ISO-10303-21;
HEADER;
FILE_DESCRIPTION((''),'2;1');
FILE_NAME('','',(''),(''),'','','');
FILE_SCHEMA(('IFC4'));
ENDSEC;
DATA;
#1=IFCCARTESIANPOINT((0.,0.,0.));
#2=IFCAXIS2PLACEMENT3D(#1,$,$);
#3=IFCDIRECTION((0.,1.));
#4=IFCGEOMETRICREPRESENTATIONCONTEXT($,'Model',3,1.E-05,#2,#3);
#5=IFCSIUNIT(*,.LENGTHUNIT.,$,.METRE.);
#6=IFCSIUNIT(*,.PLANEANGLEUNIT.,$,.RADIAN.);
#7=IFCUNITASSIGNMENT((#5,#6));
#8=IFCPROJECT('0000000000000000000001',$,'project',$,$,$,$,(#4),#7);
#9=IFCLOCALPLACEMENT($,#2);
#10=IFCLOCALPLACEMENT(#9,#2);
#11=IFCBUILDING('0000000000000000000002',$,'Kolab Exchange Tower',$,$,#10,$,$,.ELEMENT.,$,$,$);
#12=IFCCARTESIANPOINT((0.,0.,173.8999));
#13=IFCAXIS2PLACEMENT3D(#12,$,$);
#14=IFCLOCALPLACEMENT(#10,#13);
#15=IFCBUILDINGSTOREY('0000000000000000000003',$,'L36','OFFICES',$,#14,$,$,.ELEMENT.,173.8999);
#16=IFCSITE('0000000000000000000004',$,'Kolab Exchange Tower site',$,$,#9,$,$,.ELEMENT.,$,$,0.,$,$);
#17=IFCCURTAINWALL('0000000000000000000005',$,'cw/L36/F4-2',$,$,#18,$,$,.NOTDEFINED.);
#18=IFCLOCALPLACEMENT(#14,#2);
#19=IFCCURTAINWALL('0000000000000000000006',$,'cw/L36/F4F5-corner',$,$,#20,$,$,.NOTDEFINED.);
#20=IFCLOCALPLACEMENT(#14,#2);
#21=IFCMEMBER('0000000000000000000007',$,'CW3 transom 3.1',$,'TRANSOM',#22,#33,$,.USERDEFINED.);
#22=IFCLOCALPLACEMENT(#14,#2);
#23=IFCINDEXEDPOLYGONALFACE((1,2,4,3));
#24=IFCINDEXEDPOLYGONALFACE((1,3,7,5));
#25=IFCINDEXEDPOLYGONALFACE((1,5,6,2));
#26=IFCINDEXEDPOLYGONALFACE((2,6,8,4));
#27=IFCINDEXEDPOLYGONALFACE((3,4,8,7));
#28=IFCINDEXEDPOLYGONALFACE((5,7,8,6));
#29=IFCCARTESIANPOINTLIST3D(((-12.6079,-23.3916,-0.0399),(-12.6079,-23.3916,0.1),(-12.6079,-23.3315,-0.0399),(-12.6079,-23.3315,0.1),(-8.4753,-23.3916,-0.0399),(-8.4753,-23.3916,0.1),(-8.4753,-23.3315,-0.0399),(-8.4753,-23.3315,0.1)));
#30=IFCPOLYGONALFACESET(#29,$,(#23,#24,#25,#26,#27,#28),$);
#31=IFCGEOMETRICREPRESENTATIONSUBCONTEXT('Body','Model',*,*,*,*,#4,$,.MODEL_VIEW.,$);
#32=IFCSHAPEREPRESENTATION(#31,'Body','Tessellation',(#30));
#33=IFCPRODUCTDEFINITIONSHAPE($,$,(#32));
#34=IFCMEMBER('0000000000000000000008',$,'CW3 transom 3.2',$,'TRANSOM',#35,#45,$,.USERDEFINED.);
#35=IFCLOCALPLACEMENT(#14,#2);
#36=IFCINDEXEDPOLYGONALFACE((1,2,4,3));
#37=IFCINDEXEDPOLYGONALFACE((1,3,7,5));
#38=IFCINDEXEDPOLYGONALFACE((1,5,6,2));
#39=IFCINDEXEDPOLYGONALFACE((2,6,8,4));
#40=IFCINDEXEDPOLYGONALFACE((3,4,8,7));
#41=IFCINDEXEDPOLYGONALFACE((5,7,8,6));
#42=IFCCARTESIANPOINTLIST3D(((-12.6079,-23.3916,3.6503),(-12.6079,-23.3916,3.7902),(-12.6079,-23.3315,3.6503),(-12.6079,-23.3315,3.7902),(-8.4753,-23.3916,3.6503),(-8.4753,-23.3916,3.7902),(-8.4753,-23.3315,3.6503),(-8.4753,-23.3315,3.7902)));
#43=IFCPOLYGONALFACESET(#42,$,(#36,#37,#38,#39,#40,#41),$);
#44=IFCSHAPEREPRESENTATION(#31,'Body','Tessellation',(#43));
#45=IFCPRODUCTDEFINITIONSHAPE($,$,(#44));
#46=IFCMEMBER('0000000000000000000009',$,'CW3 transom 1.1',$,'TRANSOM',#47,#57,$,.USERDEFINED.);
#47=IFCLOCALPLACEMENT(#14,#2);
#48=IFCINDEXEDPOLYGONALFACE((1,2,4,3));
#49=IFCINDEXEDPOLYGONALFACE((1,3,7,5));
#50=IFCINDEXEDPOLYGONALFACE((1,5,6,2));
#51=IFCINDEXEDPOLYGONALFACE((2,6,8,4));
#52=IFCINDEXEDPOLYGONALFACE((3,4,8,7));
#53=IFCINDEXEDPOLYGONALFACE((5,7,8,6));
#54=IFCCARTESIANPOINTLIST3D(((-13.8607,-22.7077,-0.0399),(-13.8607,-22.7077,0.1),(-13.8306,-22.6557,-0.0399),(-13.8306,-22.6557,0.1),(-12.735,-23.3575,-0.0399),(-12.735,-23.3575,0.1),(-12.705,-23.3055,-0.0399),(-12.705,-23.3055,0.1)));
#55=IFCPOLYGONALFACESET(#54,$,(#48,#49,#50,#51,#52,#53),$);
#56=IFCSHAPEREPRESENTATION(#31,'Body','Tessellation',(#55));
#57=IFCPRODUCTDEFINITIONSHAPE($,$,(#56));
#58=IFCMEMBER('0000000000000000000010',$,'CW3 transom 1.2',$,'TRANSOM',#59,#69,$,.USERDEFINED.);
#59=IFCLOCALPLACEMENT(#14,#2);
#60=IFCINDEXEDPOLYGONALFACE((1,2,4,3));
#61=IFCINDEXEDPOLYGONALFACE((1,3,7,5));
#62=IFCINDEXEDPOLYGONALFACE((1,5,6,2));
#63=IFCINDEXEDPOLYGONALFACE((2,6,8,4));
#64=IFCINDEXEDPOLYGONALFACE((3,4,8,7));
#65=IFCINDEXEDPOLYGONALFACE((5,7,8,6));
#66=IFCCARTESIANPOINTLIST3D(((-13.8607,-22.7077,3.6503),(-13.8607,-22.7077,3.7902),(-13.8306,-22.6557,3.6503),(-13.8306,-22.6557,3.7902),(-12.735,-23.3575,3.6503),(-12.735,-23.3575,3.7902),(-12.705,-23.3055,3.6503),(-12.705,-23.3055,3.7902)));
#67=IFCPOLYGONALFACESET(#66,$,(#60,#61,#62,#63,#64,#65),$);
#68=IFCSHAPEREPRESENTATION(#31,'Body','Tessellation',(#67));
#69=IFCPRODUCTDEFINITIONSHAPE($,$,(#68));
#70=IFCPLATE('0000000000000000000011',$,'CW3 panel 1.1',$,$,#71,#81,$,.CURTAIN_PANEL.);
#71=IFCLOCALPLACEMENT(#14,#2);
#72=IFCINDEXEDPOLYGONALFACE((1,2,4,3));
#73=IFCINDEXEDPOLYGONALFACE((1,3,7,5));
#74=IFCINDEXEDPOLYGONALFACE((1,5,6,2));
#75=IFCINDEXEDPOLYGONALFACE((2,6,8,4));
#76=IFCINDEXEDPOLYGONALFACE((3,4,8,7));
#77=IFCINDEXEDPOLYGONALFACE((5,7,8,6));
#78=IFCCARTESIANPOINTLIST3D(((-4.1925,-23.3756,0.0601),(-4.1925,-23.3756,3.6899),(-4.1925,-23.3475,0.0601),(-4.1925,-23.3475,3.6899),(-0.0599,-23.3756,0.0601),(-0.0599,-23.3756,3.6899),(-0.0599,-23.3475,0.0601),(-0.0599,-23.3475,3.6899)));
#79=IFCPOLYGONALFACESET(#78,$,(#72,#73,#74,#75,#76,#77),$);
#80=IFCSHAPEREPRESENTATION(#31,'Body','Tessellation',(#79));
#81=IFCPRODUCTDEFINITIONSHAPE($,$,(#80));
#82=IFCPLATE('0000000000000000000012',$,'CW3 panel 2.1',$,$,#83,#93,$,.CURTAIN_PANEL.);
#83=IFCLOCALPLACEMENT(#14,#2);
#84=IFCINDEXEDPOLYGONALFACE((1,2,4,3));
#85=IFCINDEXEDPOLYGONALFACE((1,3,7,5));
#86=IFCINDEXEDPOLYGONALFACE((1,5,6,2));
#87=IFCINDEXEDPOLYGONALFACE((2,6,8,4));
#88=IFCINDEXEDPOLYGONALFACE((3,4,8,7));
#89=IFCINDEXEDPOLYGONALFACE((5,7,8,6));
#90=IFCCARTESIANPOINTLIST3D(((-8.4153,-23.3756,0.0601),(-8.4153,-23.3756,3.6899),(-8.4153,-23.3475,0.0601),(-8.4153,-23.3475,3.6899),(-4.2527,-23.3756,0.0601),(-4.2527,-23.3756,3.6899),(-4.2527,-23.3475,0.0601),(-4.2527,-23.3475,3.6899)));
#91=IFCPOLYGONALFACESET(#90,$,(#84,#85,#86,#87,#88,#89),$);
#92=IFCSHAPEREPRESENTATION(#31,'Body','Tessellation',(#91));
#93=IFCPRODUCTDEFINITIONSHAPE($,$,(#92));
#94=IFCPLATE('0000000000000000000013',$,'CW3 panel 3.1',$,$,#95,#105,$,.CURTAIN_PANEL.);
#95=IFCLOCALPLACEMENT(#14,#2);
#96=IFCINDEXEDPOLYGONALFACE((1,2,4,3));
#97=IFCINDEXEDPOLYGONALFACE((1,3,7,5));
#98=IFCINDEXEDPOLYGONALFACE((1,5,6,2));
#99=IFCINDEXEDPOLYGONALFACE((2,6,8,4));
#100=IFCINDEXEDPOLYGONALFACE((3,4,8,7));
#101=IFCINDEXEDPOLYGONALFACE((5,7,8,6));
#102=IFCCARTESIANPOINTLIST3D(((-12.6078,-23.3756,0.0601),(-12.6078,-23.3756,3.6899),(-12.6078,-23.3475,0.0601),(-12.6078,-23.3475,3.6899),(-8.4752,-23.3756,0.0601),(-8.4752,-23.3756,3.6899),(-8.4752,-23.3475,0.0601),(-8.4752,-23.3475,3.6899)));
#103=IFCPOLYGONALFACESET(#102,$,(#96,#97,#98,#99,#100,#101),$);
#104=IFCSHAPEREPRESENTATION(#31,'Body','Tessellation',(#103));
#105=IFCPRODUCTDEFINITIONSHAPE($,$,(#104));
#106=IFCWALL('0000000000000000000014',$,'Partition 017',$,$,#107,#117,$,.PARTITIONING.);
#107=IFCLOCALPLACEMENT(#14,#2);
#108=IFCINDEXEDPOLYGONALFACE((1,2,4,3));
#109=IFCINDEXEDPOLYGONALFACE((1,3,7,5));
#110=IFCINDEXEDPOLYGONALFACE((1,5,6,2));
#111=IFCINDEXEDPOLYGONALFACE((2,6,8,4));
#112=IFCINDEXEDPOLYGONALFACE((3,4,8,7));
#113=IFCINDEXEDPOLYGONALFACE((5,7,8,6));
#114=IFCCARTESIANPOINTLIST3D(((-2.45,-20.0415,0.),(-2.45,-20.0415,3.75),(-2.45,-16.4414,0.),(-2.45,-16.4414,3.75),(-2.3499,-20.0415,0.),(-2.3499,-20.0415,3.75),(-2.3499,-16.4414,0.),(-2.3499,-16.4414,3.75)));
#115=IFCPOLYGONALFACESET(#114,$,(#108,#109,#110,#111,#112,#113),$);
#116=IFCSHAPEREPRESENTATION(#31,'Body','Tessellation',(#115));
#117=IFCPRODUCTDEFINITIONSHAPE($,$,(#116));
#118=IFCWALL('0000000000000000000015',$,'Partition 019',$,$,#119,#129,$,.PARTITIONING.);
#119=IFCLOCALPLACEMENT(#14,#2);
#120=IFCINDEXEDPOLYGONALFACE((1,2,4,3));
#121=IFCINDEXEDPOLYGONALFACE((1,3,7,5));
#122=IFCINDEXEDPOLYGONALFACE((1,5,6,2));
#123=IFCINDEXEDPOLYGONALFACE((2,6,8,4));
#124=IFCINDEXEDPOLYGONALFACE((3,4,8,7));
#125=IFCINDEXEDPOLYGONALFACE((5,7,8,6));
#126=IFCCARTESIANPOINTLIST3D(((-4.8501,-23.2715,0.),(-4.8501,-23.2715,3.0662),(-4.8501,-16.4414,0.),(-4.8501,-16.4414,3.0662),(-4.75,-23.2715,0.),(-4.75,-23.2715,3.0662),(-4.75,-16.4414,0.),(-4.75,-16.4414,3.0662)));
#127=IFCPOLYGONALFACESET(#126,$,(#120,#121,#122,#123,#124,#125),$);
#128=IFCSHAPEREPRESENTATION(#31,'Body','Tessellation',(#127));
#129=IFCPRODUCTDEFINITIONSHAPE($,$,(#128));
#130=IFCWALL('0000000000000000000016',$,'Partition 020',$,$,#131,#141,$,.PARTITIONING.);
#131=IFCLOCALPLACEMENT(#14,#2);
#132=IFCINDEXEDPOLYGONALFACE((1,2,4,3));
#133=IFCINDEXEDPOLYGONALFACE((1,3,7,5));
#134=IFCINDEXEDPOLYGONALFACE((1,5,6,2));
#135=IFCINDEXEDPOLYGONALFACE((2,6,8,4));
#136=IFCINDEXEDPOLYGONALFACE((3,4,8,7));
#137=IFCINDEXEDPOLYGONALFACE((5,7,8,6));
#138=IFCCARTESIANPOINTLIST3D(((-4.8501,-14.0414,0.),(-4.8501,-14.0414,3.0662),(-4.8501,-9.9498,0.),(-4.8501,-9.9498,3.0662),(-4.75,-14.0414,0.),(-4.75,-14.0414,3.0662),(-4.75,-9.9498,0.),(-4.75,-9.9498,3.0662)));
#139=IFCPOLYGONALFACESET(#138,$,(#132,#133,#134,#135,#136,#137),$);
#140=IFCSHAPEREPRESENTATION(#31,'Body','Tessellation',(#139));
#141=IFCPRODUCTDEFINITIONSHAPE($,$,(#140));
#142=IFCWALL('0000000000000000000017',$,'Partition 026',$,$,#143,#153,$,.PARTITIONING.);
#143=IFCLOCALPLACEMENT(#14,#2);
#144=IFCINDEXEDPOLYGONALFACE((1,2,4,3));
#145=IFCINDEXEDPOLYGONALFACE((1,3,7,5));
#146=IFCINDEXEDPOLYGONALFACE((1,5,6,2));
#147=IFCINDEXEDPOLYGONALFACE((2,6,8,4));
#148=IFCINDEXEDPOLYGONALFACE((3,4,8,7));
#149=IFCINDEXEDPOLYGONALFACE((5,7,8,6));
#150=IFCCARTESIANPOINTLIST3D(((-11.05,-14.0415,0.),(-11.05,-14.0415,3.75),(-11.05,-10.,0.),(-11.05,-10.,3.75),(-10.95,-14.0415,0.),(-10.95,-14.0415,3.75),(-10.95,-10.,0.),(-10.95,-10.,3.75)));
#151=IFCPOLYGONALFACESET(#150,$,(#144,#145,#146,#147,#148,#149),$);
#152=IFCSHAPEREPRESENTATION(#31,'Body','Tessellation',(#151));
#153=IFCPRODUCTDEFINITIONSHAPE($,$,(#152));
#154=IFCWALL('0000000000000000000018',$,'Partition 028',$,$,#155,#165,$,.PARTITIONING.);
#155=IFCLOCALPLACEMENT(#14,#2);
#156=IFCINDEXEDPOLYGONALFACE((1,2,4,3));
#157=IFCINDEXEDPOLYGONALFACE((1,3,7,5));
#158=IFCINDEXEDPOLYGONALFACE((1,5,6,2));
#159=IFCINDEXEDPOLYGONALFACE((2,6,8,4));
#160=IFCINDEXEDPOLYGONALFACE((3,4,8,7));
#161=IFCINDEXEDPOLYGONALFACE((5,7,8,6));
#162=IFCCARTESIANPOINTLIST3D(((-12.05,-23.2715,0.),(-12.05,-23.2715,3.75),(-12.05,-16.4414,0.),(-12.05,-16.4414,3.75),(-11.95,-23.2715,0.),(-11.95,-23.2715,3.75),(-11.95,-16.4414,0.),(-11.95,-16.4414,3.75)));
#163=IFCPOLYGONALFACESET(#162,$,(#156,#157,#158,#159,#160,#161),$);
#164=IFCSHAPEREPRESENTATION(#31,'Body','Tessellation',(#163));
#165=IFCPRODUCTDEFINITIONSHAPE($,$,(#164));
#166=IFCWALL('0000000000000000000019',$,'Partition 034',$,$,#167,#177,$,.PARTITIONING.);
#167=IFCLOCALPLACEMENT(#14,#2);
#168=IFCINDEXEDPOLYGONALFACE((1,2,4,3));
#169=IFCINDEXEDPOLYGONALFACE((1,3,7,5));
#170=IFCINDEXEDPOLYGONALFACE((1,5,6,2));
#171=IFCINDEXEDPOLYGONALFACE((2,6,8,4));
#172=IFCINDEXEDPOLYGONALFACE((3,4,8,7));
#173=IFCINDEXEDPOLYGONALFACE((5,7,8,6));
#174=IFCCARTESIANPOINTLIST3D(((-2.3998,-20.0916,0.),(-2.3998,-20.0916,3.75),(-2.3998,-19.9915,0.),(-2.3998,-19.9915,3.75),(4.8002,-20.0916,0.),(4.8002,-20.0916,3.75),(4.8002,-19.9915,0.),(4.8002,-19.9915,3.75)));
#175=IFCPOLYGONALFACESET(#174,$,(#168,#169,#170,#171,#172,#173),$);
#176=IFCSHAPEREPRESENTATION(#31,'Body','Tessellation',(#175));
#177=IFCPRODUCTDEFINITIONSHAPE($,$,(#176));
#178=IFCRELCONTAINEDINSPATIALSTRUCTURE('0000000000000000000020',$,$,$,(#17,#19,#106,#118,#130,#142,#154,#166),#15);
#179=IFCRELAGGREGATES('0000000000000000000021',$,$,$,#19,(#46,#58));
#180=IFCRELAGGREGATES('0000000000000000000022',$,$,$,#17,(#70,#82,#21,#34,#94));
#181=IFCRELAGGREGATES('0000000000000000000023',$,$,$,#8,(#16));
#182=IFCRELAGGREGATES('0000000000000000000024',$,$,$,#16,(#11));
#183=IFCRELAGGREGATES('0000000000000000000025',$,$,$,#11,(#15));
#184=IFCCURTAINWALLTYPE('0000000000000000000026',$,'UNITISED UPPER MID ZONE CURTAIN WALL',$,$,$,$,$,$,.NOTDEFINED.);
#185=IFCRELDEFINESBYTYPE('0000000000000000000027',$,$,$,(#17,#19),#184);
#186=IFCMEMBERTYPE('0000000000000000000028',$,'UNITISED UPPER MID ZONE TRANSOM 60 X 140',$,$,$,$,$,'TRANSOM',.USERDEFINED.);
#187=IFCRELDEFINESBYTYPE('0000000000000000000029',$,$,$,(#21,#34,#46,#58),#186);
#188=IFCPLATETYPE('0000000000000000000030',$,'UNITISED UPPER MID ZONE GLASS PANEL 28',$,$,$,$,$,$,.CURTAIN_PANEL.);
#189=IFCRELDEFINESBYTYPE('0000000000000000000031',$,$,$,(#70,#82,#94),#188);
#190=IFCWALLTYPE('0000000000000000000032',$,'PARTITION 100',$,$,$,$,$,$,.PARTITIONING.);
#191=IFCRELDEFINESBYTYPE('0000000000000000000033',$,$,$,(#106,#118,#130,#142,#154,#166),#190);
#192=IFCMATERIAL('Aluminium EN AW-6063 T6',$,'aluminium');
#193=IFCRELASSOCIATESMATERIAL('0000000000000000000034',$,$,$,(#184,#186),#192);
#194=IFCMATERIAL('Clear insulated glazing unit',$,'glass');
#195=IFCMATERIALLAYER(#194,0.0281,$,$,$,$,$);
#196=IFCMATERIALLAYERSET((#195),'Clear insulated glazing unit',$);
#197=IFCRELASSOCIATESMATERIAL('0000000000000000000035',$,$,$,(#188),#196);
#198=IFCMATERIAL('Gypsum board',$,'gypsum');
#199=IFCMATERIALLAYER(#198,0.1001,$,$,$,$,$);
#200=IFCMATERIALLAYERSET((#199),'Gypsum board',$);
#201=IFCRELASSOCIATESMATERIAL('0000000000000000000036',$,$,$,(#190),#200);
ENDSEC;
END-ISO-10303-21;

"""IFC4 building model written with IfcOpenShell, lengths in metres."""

from ifc_helpers import new_model, si_unit, direction, frame, frame_2d, origin, origin_2d, place, context, subcontext, project, spatial, rectangle, extrude, material, layer, layer_set, material_profile, profile_set, type_object, element, aggregate, save


model = new_model("IFC4")

# Units and contexts
model_context = context("Model", 3, precision=1e-05, world=origin(), true_north=direction((0.0, 1.0)))
body_context = subcontext(model_context, "Body", "Model", "MODEL_VIEW")
ifc_project = project(units=[si_unit("LENGTHUNIT", "METRE"), si_unit("PLANEANGLEUNIT", "RADIAN")], contexts=[model_context])

# Site, building, storey
site_placement = place(None, origin())
site = spatial("IfcSite", under=ifc_project, at=site_placement, Name="Kolab Exchange Tower site", CompositionType="ELEMENT", RefElevation=0.0)
building_placement = place(site_placement, origin())
building = spatial("IfcBuilding", under=site, at=building_placement, Name="Kolab Exchange Tower", CompositionType="ELEMENT")
storey_placement = place(building_placement, frame((0.0, 0.0, 173.8999)))
storey = spatial("IfcBuildingStorey", under=building, at=storey_placement, Name="L36", Description="OFFICES", CompositionType="ELEMENT", Elevation=173.8999)

# Curtain wall
ifc_material_1 = material(Name="Aluminium EN AW-6063 T6", Category="aluminium")
curtain_wall_type = type_object("IfcCurtainWallType", Name="UNITISED UPPER MID ZONE CURTAIN WALL", PredefinedType="NOTDEFINED", material=ifc_material_1)
curtain_wall_1_placement = place(storey_placement, origin())
curtain_wall_1 = element("IfcCurtainWall", 1, at=curtain_wall_1_placement, inside=storey, type_object=curtain_wall_type, Name="cw/L36/F4-2", PredefinedType="NOTDEFINED")

# Curtain wall
curtain_wall_2_placement = place(storey_placement, origin())
curtain_wall_2 = element("IfcCurtainWall", 2, at=curtain_wall_2_placement, inside=storey, type_object=curtain_wall_type, Name="cw/L36/F4F5-corner", PredefinedType="NOTDEFINED")

# Members
ifc_material_profile_1 = material_profile(ifc_material_1, rectangle(XDim=0.0601, YDim=0.1399, at=origin_2d()), Name="RECT 60X140")
ifc_profile_set_1 = profile_set([ifc_material_profile_1], Name="Aluminium EN AW-6063 T6")
member_type_1 = type_object("IfcMemberType", Name="UNITISED UPPER MID ZONE TRANSOM 60 X 140", ElementType="TRANSOM", PredefinedType="USERDEFINED", material=ifc_profile_set_1)
member_1_placement = place(storey_placement, frame((-8.4753, -23.3616, 0.03), z_axis=(-1.0, 0.0, 0.0), x_axis=(0.0, -1.0, 0.0)))
member_1 = element("IfcMember", 3, at=member_1_placement, type_object=member_type_1, Name="CW3 transom 3.1", ObjectType="TRANSOM", PredefinedType="USERDEFINED", context=body_context, shape_type="SweptSolid", body=[
    extrude(rectangle(XDim=0.0601, YDim=0.1399, at=origin_2d()), origin(), (0.0, 0.0, 1.0), 4.1326),
])
member_2_placement = place(storey_placement, frame((-8.4753, -23.3616, 3.7202), z_axis=(-1.0, 0.0, 0.0), x_axis=(0.0, -1.0, 0.0)))
member_2 = element("IfcMember", 4, at=member_2_placement, type_object=member_type_1, Name="CW3 transom 3.2", ObjectType="TRANSOM", PredefinedType="USERDEFINED", context=body_context, shape_type="SweptSolid", body=[
    extrude(rectangle(XDim=0.0601, YDim=0.1399, at=origin_2d()), origin(), (0.0, 0.0, 1.0), 4.1326),
])
member_3_placement = place(storey_placement, frame((-12.72, -23.3315, 0.03), z_axis=(-0.866039, 0.499977, 0.0), x_axis=(-0.499977, -0.866039, 0.0)))
member_3 = element("IfcMember", 5, at=member_3_placement, type_object=member_type_1, Name="CW3 transom 1.1", ObjectType="TRANSOM", PredefinedType="USERDEFINED", context=body_context, shape_type="SweptSolid", body=[
    extrude(rectangle(XDim=0.0601, YDim=0.1399, at=origin_2d()), origin(), (0.0, 0.0, 1.0), 1.2998),
])
member_4_placement = place(storey_placement, frame((-12.72, -23.3315, 3.7202), z_axis=(-0.866039, 0.499977, 0.0), x_axis=(-0.499977, -0.866039, 0.0)))
member_4 = element("IfcMember", 6, at=member_4_placement, type_object=member_type_1, Name="CW3 transom 1.2", ObjectType="TRANSOM", PredefinedType="USERDEFINED", context=body_context, shape_type="SweptSolid", body=[
    extrude(rectangle(XDim=0.0601, YDim=0.1399, at=origin_2d()), origin(), (0.0, 0.0, 1.0), 1.2998),
])
aggregate(curtain_wall_2, [member_3, member_4])

# Plates
ifc_material_2 = material(Name="Clear insulated glazing unit", Category="glass")
ifc_layer_1 = layer(ifc_material_2, 0.0281)
ifc_layer_set_1 = layer_set([ifc_layer_1], Name="Clear insulated glazing unit")
plate_type = type_object("IfcPlateType", Name="UNITISED UPPER MID ZONE GLASS PANEL 28", PredefinedType="CURTAIN_PANEL", material=ifc_layer_set_1)
plate_1_placement = place(storey_placement, frame((-2.1262, -23.3616, 0.0601), z_axis=(0.0, 0.0, 1.0), x_axis=(-1.0, 0.0, 0.0)))
plate_1 = element("IfcPlate", 7, at=plate_1_placement, type_object=plate_type, Name="CW3 panel 1.1", PredefinedType="CURTAIN_PANEL", context=body_context, shape_type="SweptSolid", body=[
    extrude(rectangle(XDim=4.1326, YDim=0.0281, at=origin_2d()), origin(), (0.0, 0.0, 1.0), 3.6299),
])
plate_2_placement = place(storey_placement, frame((-6.334, -23.3616, 0.0601), z_axis=(0.0, 0.0, 1.0), x_axis=(-1.0, 0.0, 0.0)))
plate_2 = element("IfcPlate", 8, at=plate_2_placement, type_object=plate_type, Name="CW3 panel 2.1", PredefinedType="CURTAIN_PANEL", context=body_context, shape_type="SweptSolid", body=[
    extrude(rectangle(XDim=4.1626, YDim=0.0281, at=origin_2d()), origin(), (0.0, 0.0, 1.0), 3.6299),
])
plate_3_placement = place(storey_placement, frame((-10.5415, -23.3616, 0.0601), z_axis=(0.0, 0.0, 1.0), x_axis=(-1.0, 0.0, 0.0)))
plate_3 = element("IfcPlate", 9, at=plate_3_placement, type_object=plate_type, Name="CW3 panel 3.1", PredefinedType="CURTAIN_PANEL", context=body_context, shape_type="SweptSolid", body=[
    extrude(rectangle(XDim=4.1326, YDim=0.0281, at=origin_2d()), origin(), (0.0, 0.0, 1.0), 3.6299),
])
aggregate(curtain_wall_1, [plate_1, plate_2, member_1, member_2, plate_3])

# Walls
ifc_material_3 = material(Name="Gypsum board", Category="gypsum")
ifc_layer_2 = layer(ifc_material_3, 0.1001)
ifc_layer_set_2 = layer_set([ifc_layer_2], Name="Gypsum board")
wall_type = type_object("IfcWallType", Name="PARTITION 100", PredefinedType="PARTITIONING", material=ifc_layer_set_2)
wall_1_placement = place(storey_placement, frame((-2.3999, -20.0415, 0.0), z_axis=(0.0, 0.0, 1.0), x_axis=(0.0, 1.0, 0.0)))
element("IfcWall", 10, at=wall_1_placement, inside=storey, type_object=wall_type, Name="Partition 017", PredefinedType="PARTITIONING", context=body_context, shape_type="SweptSolid", body=[
    extrude(rectangle(XDim=3.6001, YDim=0.1001, at=frame_2d((1.8, 0.0))), origin(), (0.0, 0.0, 1.0), 3.75),
])
wall_2_placement = place(storey_placement, frame((-4.8, -23.2715, 0.0), z_axis=(0.0, 0.0, 1.0), x_axis=(0.0, 1.0, 0.0)))
element("IfcWall", 11, at=wall_2_placement, inside=storey, type_object=wall_type, Name="Partition 019", PredefinedType="PARTITIONING", context=body_context, shape_type="SweptSolid", body=[
    extrude(rectangle(XDim=6.8301, YDim=0.1001, at=frame_2d((3.415, 0.0))), origin(), (0.0, 0.0, 1.0), 3.0662),
])
wall_3_placement = place(storey_placement, frame((-4.8, -14.0415, 0.0), z_axis=(0.0, 0.0, 1.0), x_axis=(0.0, 1.0, 0.0)))
element("IfcWall", 12, at=wall_3_placement, inside=storey, type_object=wall_type, Name="Partition 020", PredefinedType="PARTITIONING", context=body_context, shape_type="SweptSolid", body=[
    extrude(rectangle(XDim=4.0916, YDim=0.1001, at=frame_2d((2.0459, 0.0))), origin(), (0.0, 0.0, 1.0), 3.0662),
])
wall_4_placement = place(storey_placement, frame((-11.0, -14.0415, 0.0), z_axis=(0.0, 0.0, 1.0), x_axis=(0.0, 1.0, 0.0)))
element("IfcWall", 13, at=wall_4_placement, inside=storey, type_object=wall_type, Name="Partition 026", PredefinedType="PARTITIONING", context=body_context, shape_type="SweptSolid", body=[
    extrude(rectangle(XDim=4.0415, YDim=0.1001, at=frame_2d((2.0208, 0.0))), origin(), (0.0, 0.0, 1.0), 3.75),
])
wall_5_placement = place(storey_placement, frame((-12.0, -23.2715, 0.0), z_axis=(0.0, 0.0, 1.0), x_axis=(0.0, 1.0, 0.0)))
element("IfcWall", 14, at=wall_5_placement, inside=storey, type_object=wall_type, Name="Partition 028", PredefinedType="PARTITIONING", context=body_context, shape_type="SweptSolid", body=[
    extrude(rectangle(XDim=6.8301, YDim=0.1001, at=frame_2d((3.415, 0.0))), origin(), (0.0, 0.0, 1.0), 3.75),
])
wall_6_placement = place(storey_placement, frame((-2.3999, -20.0415, 0.0), z_axis=(0.0, 0.0, 1.0), x_axis=(1.0, 0.0, 0.0)))
element("IfcWall", 15, at=wall_6_placement, inside=storey, type_object=wall_type, Name="Partition 034", PredefinedType="PARTITIONING", context=body_context, shape_type="SweptSolid", body=[
    extrude(rectangle(XDim=7.2, YDim=0.1001, at=frame_2d((3.6001, 0.0))), origin(), (0.0, 0.0, 1.0), 3.75),
])

save(model, "model.ifc")
